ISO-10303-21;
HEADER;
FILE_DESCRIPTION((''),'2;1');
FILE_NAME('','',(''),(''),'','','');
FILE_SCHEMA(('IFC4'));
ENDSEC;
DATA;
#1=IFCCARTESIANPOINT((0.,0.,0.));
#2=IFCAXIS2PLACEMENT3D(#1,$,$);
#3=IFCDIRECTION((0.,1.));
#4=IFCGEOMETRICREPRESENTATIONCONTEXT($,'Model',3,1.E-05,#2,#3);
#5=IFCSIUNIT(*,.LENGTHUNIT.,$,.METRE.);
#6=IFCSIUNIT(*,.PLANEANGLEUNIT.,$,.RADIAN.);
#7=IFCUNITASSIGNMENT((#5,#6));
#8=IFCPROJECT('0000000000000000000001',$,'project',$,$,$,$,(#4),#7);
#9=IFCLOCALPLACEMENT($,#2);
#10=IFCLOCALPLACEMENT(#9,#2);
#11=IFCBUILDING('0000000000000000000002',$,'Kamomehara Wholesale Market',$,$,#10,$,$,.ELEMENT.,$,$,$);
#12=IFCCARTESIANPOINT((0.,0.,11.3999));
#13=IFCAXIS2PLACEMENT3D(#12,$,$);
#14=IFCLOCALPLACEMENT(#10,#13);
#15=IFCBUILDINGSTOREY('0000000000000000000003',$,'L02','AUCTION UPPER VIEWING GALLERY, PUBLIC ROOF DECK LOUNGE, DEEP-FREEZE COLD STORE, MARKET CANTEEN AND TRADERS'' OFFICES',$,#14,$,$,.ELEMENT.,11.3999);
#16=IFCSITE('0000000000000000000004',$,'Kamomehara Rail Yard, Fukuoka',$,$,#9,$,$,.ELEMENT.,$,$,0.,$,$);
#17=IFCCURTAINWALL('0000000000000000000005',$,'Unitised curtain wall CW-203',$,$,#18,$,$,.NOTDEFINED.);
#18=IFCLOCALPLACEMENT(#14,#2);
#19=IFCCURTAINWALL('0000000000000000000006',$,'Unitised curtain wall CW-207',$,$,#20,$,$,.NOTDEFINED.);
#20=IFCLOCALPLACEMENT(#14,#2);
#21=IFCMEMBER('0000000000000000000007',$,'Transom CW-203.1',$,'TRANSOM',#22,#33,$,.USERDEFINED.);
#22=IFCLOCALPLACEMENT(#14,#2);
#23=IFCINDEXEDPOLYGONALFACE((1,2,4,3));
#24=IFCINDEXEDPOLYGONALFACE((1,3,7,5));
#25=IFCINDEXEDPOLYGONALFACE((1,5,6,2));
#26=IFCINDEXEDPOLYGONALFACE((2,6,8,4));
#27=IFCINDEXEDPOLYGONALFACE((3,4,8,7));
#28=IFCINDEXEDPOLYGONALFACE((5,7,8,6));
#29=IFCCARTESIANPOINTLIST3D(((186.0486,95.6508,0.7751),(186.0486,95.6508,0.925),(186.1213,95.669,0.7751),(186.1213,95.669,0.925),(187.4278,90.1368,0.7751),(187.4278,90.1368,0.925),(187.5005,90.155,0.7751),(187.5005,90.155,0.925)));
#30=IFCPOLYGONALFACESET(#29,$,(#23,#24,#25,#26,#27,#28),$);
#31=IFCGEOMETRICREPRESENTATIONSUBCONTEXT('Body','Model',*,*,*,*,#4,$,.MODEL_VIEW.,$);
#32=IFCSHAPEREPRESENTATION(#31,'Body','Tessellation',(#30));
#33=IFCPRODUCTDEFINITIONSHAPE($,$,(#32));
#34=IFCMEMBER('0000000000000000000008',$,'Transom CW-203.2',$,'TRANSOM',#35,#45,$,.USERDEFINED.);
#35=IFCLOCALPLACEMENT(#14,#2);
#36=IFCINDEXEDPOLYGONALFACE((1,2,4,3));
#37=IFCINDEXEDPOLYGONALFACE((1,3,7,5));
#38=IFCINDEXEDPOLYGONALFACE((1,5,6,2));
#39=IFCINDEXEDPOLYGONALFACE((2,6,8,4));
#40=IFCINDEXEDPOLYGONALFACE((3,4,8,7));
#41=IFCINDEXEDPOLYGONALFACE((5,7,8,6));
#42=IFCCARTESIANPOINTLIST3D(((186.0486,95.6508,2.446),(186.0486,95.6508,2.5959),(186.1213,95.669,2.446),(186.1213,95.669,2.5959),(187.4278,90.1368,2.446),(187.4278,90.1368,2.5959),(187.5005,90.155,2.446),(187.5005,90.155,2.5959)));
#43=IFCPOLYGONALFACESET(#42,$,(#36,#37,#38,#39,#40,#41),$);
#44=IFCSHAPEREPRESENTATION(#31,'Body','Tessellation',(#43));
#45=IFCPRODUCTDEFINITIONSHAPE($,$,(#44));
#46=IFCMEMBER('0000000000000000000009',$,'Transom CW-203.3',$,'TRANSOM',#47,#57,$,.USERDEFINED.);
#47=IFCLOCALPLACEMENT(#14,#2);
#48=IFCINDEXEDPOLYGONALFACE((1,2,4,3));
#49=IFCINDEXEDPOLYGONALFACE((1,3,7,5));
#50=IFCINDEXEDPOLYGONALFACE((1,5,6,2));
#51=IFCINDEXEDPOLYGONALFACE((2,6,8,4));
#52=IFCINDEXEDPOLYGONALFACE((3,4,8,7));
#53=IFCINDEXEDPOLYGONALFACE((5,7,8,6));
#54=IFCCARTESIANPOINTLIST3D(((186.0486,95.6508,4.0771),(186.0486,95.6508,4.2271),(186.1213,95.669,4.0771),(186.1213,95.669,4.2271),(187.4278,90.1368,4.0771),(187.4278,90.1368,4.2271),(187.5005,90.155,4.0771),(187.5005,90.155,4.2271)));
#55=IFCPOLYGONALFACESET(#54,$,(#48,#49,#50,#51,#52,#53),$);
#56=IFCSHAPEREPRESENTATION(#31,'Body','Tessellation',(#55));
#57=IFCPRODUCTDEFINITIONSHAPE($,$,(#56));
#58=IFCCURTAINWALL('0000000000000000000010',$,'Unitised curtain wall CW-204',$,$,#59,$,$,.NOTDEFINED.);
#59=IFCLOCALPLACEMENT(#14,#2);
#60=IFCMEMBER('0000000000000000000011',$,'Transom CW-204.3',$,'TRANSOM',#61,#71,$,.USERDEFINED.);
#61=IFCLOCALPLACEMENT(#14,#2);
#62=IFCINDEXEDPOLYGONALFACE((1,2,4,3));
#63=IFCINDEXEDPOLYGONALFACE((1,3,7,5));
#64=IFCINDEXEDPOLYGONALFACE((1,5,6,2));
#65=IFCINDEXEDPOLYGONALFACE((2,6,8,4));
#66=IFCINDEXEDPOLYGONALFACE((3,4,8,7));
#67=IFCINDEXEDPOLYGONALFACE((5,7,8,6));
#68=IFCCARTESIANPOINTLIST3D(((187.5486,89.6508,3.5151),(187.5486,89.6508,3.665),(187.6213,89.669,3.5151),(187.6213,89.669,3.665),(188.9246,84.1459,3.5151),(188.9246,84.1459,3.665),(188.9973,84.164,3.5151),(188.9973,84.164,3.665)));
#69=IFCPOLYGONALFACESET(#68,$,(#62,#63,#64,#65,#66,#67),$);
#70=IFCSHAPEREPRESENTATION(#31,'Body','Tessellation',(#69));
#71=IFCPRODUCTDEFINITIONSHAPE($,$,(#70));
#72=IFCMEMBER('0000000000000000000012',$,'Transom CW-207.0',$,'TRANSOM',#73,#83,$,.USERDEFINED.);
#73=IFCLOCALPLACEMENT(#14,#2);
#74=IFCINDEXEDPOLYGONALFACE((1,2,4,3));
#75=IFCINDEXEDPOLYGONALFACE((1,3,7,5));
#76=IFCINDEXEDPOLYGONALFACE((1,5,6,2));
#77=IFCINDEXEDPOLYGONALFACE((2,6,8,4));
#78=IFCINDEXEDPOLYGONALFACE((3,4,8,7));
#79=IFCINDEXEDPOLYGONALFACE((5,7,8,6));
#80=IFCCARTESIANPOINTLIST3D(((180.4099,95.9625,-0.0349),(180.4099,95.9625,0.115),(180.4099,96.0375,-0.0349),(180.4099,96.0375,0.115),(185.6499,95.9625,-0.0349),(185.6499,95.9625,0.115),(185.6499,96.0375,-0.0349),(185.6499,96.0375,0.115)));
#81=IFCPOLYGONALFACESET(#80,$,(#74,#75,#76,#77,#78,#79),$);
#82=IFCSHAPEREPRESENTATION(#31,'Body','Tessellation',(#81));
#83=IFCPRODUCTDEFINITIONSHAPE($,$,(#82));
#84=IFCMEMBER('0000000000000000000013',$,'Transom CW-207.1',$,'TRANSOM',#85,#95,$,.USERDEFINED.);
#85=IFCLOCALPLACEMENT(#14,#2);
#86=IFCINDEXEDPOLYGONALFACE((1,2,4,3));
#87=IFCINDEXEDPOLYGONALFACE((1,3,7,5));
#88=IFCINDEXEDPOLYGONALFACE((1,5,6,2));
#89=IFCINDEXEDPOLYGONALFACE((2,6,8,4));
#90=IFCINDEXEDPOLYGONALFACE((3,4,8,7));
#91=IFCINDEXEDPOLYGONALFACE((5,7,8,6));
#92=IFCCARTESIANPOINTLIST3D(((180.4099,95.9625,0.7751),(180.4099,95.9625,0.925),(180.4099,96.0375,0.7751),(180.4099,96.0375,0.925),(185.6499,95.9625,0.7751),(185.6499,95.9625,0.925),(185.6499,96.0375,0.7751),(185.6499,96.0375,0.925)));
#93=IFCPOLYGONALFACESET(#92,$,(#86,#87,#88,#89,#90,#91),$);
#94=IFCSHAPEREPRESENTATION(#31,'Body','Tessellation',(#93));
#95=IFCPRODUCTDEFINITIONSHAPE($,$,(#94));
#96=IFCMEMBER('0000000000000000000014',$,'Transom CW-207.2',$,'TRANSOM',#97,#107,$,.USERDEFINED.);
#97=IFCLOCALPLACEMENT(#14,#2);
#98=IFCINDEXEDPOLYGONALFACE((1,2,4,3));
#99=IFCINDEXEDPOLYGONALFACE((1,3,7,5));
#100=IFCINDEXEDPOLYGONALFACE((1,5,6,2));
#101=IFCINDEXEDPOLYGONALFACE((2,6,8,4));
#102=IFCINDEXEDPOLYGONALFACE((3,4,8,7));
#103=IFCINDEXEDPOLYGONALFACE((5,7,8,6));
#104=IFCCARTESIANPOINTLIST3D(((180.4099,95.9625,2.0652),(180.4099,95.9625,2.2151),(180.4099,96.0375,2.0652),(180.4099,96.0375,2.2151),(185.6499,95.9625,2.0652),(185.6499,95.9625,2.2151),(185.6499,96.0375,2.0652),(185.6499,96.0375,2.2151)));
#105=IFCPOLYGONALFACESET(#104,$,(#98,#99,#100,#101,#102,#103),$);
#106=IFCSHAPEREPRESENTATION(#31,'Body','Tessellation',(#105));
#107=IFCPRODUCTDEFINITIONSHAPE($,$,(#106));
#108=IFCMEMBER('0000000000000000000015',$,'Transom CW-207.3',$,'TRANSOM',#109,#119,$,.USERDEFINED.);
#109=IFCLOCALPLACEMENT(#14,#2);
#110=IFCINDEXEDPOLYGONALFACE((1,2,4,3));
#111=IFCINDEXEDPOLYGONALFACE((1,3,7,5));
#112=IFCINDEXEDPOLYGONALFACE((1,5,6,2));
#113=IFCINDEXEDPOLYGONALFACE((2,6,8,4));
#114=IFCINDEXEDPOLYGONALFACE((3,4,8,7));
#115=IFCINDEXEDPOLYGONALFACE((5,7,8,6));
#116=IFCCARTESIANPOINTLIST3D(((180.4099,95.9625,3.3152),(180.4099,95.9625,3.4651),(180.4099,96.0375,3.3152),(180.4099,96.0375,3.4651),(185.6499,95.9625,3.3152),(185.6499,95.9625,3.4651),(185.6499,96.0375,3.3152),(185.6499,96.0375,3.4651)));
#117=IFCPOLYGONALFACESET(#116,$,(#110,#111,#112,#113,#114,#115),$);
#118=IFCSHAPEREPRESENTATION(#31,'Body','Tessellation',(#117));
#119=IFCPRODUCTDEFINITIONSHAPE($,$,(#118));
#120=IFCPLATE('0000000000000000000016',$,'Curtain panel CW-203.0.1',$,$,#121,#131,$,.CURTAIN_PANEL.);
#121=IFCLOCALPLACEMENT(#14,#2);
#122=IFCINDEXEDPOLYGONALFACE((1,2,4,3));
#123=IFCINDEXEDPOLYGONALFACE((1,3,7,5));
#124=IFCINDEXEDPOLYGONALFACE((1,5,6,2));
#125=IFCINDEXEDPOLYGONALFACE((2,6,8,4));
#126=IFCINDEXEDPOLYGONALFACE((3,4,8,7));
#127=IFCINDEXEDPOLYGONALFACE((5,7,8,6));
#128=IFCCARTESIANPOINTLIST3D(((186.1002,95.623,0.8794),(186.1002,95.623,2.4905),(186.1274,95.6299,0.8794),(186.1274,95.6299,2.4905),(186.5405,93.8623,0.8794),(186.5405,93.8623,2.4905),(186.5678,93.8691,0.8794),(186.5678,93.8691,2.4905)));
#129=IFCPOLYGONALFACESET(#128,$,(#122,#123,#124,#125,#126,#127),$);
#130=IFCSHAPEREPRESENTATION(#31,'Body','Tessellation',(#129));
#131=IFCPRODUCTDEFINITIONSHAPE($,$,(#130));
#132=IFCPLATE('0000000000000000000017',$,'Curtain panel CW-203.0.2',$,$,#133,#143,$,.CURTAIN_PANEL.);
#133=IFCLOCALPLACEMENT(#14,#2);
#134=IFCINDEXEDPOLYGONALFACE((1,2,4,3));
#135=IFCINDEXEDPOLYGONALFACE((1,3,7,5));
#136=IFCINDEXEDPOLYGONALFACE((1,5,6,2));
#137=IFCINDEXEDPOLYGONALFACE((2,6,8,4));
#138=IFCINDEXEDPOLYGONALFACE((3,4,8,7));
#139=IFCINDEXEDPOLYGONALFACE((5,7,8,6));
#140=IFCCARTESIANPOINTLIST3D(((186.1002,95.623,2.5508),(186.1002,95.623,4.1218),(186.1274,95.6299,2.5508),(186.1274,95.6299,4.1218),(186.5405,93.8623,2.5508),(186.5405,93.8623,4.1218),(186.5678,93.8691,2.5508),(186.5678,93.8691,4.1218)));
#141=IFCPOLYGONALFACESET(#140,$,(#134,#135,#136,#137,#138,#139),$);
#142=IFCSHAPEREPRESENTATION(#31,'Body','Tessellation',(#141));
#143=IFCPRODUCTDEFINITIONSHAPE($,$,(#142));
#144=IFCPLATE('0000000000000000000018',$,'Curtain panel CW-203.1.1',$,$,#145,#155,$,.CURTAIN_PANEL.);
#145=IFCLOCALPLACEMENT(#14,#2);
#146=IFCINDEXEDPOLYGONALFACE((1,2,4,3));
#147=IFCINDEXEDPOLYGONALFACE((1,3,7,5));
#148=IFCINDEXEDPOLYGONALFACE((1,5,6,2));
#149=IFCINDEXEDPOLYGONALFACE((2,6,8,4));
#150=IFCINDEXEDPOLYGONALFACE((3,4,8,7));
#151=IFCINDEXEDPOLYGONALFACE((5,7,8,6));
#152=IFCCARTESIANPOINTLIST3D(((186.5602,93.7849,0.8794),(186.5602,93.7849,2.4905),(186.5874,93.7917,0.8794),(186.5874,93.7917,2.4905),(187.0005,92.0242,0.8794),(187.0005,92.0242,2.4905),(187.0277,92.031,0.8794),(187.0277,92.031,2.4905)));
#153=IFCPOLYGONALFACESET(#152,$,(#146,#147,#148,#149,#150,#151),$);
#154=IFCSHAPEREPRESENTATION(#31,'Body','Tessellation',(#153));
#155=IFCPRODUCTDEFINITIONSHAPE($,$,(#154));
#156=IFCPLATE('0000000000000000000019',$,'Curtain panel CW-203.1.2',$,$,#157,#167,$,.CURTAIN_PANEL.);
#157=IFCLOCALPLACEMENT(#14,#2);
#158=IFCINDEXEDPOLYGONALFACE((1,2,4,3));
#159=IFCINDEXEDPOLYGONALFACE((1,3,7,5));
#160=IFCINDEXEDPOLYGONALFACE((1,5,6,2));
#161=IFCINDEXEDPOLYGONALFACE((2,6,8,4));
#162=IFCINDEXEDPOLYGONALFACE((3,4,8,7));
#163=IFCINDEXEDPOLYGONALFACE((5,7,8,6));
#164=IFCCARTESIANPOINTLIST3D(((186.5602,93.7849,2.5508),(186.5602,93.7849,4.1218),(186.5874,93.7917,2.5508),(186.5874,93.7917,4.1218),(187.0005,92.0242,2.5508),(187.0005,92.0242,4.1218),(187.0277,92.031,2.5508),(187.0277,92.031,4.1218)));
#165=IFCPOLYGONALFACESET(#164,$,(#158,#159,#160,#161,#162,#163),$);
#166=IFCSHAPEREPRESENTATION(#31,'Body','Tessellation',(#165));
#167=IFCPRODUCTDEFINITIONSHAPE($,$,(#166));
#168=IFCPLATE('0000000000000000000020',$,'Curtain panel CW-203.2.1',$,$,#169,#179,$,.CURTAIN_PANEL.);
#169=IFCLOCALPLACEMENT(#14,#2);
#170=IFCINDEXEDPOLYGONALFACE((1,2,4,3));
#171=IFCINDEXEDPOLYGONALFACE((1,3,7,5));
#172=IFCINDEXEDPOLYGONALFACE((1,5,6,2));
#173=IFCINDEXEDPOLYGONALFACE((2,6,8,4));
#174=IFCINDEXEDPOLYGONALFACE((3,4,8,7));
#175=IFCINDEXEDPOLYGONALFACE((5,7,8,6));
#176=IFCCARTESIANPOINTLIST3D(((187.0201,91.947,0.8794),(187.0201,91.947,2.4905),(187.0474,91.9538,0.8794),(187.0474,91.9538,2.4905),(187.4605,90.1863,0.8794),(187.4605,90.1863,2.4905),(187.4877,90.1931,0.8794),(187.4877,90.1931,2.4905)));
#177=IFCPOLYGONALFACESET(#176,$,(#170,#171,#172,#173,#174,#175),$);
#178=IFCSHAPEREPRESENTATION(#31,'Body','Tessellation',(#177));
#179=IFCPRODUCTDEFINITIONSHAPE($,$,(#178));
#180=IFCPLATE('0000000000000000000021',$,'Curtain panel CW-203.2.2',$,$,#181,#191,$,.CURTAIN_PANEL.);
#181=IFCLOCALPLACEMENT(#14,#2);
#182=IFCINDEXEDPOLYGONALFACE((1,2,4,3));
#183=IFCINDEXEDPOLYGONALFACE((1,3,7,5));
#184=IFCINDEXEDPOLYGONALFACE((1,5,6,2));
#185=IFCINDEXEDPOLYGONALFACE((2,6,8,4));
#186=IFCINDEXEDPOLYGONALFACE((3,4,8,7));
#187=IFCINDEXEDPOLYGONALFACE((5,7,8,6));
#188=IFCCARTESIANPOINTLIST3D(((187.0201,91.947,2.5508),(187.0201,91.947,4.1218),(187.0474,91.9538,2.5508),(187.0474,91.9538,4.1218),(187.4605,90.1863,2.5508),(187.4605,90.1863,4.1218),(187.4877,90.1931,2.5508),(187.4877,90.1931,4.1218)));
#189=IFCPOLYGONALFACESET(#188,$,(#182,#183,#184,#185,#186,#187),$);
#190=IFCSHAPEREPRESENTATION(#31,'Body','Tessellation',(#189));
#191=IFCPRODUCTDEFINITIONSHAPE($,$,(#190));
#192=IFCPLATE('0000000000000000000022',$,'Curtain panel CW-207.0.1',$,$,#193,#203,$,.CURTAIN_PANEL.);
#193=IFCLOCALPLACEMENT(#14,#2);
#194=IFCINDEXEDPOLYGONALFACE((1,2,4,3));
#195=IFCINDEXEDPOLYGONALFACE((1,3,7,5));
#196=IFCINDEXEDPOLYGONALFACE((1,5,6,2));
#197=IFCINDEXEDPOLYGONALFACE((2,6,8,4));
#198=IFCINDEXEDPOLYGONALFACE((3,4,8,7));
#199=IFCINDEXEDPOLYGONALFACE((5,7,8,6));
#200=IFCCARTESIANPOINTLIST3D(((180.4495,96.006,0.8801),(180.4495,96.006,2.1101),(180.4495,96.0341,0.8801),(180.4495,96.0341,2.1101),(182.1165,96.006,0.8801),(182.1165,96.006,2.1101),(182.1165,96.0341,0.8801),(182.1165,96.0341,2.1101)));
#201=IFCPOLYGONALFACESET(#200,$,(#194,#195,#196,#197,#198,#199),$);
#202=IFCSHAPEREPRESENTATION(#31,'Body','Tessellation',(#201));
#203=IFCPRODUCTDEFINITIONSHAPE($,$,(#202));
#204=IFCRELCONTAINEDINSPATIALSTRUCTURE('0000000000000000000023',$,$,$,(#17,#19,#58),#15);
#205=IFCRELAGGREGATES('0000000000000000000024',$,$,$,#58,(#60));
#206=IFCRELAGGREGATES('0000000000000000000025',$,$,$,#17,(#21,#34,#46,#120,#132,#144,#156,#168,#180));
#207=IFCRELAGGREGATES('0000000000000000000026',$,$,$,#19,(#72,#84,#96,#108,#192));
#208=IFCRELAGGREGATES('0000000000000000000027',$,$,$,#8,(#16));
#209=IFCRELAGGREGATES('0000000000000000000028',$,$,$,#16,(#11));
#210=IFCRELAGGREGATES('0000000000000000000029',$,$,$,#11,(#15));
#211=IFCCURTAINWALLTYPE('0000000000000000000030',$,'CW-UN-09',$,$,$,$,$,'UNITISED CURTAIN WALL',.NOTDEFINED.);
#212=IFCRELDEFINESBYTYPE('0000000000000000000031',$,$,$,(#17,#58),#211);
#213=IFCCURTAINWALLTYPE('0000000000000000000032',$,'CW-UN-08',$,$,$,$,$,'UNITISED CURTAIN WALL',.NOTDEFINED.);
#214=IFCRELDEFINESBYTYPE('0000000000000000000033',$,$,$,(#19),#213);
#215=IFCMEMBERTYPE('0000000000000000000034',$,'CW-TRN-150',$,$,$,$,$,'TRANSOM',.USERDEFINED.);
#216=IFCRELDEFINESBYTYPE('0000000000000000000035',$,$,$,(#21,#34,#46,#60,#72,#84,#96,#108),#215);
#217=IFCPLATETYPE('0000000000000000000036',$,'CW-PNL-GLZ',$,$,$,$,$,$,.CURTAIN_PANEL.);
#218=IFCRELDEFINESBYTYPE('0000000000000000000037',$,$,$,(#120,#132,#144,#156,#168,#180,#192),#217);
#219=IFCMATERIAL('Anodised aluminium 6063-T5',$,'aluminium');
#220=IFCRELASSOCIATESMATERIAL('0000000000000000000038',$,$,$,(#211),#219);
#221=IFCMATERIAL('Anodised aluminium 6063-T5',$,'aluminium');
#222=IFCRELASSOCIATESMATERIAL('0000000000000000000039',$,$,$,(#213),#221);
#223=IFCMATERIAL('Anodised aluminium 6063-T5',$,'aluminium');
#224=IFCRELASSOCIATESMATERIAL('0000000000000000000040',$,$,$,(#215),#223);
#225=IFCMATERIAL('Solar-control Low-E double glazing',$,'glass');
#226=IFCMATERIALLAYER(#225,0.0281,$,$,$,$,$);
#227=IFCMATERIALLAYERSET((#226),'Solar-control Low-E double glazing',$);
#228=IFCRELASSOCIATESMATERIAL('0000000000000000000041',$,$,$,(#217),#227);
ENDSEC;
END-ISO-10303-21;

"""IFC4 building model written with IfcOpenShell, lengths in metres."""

from ifc_helpers import new_model, si_unit, direction, frame, origin, origin_2d, place, context, subcontext, project, spatial, rectangle, extrude, material, layer, layer_set, material_profile, profile_set, type_object, element, aggregate, save


model = new_model("IFC4")

# Units and contexts
model_context = context("Model", 3, precision=1e-05, world=origin(), true_north=direction((0.0, 1.0)))
body_context = subcontext(model_context, "Body", "Model", "MODEL_VIEW")
ifc_project = project(units=[si_unit("LENGTHUNIT", "METRE"), si_unit("PLANEANGLEUNIT", "RADIAN")], contexts=[model_context])

# Site, building, storey
site_placement = place(None, origin())
site = spatial("IfcSite", under=ifc_project, at=site_placement, Name="Kamomehara Rail Yard, Fukuoka", CompositionType="ELEMENT", RefElevation=0.0)
building_placement = place(site_placement, origin())
building = spatial("IfcBuilding", under=site, at=building_placement, Name="Kamomehara Wholesale Market", CompositionType="ELEMENT")
storey_placement = place(building_placement, frame((0.0, 0.0, 11.3999)))
storey = spatial("IfcBuildingStorey", under=building, at=storey_placement, Name="L02", Description="AUCTION UPPER VIEWING GALLERY, PUBLIC ROOF DECK LOUNGE, DEEP-FREEZE COLD STORE, MARKET CANTEEN AND TRADERS' OFFICES", CompositionType="ELEMENT", Elevation=11.3999)

# Curtain walls
ifc_material_1 = material(Name="Anodised aluminium 6063-T5", Category="aluminium")
curtain_wall_type_1 = type_object("IfcCurtainWallType", Name="CW-UN-09", ElementType="UNITISED CURTAIN WALL", PredefinedType="NOTDEFINED", material=ifc_material_1)
curtain_wall_1_placement = place(storey_placement, origin())
curtain_wall_1 = element("IfcCurtainWall", 1, at=curtain_wall_1_placement, inside=storey, type_object=curtain_wall_type_1, Name="Unitised curtain wall CW-203", PredefinedType="NOTDEFINED")
ifc_material_2 = material(Name="Anodised aluminium 6063-T5", Category="aluminium")
curtain_wall_type_2 = type_object("IfcCurtainWallType", Name="CW-UN-08", ElementType="UNITISED CURTAIN WALL", PredefinedType="NOTDEFINED", material=ifc_material_2)
curtain_wall_2_placement = place(storey_placement, origin())
curtain_wall_2 = element("IfcCurtainWall", 2, at=curtain_wall_2_placement, inside=storey, type_object=curtain_wall_type_2, Name="Unitised curtain wall CW-207", PredefinedType="NOTDEFINED")

# Members
ifc_material_3 = material(Name="Anodised aluminium 6063-T5", Category="aluminium")
ifc_material_profile_1 = material_profile(ifc_material_3, rectangle(XDim=0.075, YDim=0.1499, at=origin_2d()), Name="ALU-TRN-75x150")
ifc_profile_set_1 = profile_set([ifc_material_profile_1], Name="Anodised aluminium 6063-T5")
member_type_1 = type_object("IfcMemberType", Name="CW-TRN-150", ElementType="TRANSOM", PredefinedType="USERDEFINED", material=ifc_profile_set_1)
member_1_placement = place(storey_placement, frame((186.085, 95.6599, 0.8501), z_axis=(0.242647, -0.970115, 0.0), x_axis=(0.970115, 0.242647, 0.0)))
member_1 = element("IfcMember", 3, at=member_1_placement, type_object=member_type_1, Name="Transom CW-203.1", ObjectType="TRANSOM", PredefinedType="USERDEFINED", context=body_context, shape_type="SweptSolid", body=[
    extrude(rectangle(XDim=0.075, YDim=0.1499, at=origin_2d()), origin(), (0.0, 0.0, 1.0), 5.6838),
])
member_2_placement = place(storey_placement, frame((186.085, 95.6599, 2.521), z_axis=(0.242647, -0.970115, 0.0), x_axis=(0.970115, 0.242647, 0.0)))
member_2 = element("IfcMember", 4, at=member_2_placement, type_object=member_type_1, Name="Transom CW-203.2", ObjectType="TRANSOM", PredefinedType="USERDEFINED", context=body_context, shape_type="SweptSolid", body=[
    extrude(rectangle(XDim=0.075, YDim=0.1499, at=origin_2d()), origin(), (0.0, 0.0, 1.0), 5.6838),
])
member_3_placement = place(storey_placement, frame((186.085, 95.6599, 4.1521), z_axis=(0.242647, -0.970115, 0.0), x_axis=(0.970115, 0.242647, 0.0)))
member_3 = element("IfcMember", 5, at=member_3_placement, type_object=member_type_1, Name="Transom CW-203.3", ObjectType="TRANSOM", PredefinedType="USERDEFINED", context=body_context, shape_type="SweptSolid", body=[
    extrude(rectangle(XDim=0.075, YDim=0.1499, at=origin_2d()), origin(), (0.0, 0.0, 1.0), 5.6838),
])

# Curtain wall, member
curtain_wall_3_placement = place(storey_placement, origin())
curtain_wall_3 = element("IfcCurtainWall", 6, at=curtain_wall_3_placement, inside=storey, type_object=curtain_wall_type_1, Name="Unitised curtain wall CW-204", PredefinedType="NOTDEFINED")
member_4_placement = place(storey_placement, frame((187.585, 89.6599, 3.5901), z_axis=(0.242495, -0.970153, 0.0), x_axis=(0.970153, 0.242495, 0.0)))
member_4 = element("IfcMember", 7, at=member_4_placement, type_object=member_type_1, Name="Transom CW-204.3", ObjectType="TRANSOM", PredefinedType="USERDEFINED", context=body_context, shape_type="SweptSolid", body=[
    extrude(rectangle(XDim=0.075, YDim=0.1499, at=origin_2d()), origin(), (0.0, 0.0, 1.0), 5.6743),
])
aggregate(curtain_wall_3, [member_4])

# Members
member_5_placement = place(storey_placement, frame((180.4099, 96.0, 0.04), z_axis=(1.0, 0.0, 0.0), x_axis=(0.0, 1.0, 0.0)))
member_5 = element("IfcMember", 8, at=member_5_placement, type_object=member_type_1, Name="Transom CW-207.0", ObjectType="TRANSOM", PredefinedType="USERDEFINED", context=body_context, shape_type="SweptSolid", body=[
    extrude(rectangle(XDim=0.075, YDim=0.1499, at=origin_2d()), origin(), (0.0, 0.0, 1.0), 5.24),
])
member_6_placement = place(storey_placement, frame((180.4099, 96.0, 0.8501), z_axis=(1.0, 0.0, 0.0), x_axis=(0.0, 1.0, 0.0)))
member_6 = element("IfcMember", 9, at=member_6_placement, type_object=member_type_1, Name="Transom CW-207.1", ObjectType="TRANSOM", PredefinedType="USERDEFINED", context=body_context, shape_type="SweptSolid", body=[
    extrude(rectangle(XDim=0.075, YDim=0.1499, at=origin_2d()), origin(), (0.0, 0.0, 1.0), 5.24),
])
member_7_placement = place(storey_placement, frame((180.4099, 96.0, 2.1401), z_axis=(1.0, 0.0, 0.0), x_axis=(0.0, 1.0, 0.0)))
member_7 = element("IfcMember", 10, at=member_7_placement, type_object=member_type_1, Name="Transom CW-207.2", ObjectType="TRANSOM", PredefinedType="USERDEFINED", context=body_context, shape_type="SweptSolid", body=[
    extrude(rectangle(XDim=0.075, YDim=0.1499, at=origin_2d()), origin(), (0.0, 0.0, 1.0), 5.24),
])
member_8_placement = place(storey_placement, frame((180.4099, 96.0, 3.3901), z_axis=(1.0, 0.0, 0.0), x_axis=(0.0, 1.0, 0.0)))
member_8 = element("IfcMember", 11, at=member_8_placement, type_object=member_type_1, Name="Transom CW-207.3", ObjectType="TRANSOM", PredefinedType="USERDEFINED", context=body_context, shape_type="SweptSolid", body=[
    extrude(rectangle(XDim=0.075, YDim=0.1499, at=origin_2d()), origin(), (0.0, 0.0, 1.0), 5.24),
])

# Plates
ifc_material_4 = material(Name="Solar-control Low-E double glazing", Category="glass")
ifc_layer_1 = layer(ifc_material_4, 0.0281)
ifc_layer_set_1 = layer_set([ifc_layer_1], Name="Solar-control Low-E double glazing")
plate_type_1 = type_object("IfcPlateType", Name="CW-PNL-GLZ", PredefinedType="CURTAIN_PANEL", material=ifc_layer_set_1)
plate_1_placement = place(storey_placement, frame((186.334, 94.7461, 0.8794), z_axis=(0.0, 0.0, 1.0), x_axis=(0.242616, -0.970122, 0.0)))
plate_1 = element("IfcPlate", 12, at=plate_1_placement, type_object=plate_type_1, Name="Curtain panel CW-203.0.1", PredefinedType="CURTAIN_PANEL", context=body_context, shape_type="SweptSolid", body=[
    extrude(rectangle(XDim=1.8149, YDim=0.0281, at=origin_2d()), origin(), (0.0, 0.0, 1.0), 1.6111),
])
plate_2_placement = place(storey_placement, frame((186.334, 94.7461, 2.5508), z_axis=(0.0, 0.0, 1.0), x_axis=(0.242616, -0.970122, 0.0)))
plate_2 = element("IfcPlate", 13, at=plate_2_placement, type_object=plate_type_1, Name="Curtain panel CW-203.0.2", PredefinedType="CURTAIN_PANEL", context=body_context, shape_type="SweptSolid", body=[
    extrude(rectangle(XDim=1.8149, YDim=0.0281, at=origin_2d()), origin(), (0.0, 0.0, 1.0), 1.571),
])
plate_3_placement = place(storey_placement, frame((186.7939, 92.908, 0.8794), z_axis=(0.0, 0.0, 1.0), x_axis=(0.242616, -0.970122, 0.0)))
plate_3 = element("IfcPlate", 14, at=plate_3_placement, type_object=plate_type_1, Name="Curtain panel CW-203.1.1", PredefinedType="CURTAIN_PANEL", context=body_context, shape_type="SweptSolid", body=[
    extrude(rectangle(XDim=1.8149, YDim=0.0281, at=origin_2d()), origin(), (0.0, 0.0, 1.0), 1.6111),
])
plate_4_placement = place(storey_placement, frame((186.7939, 92.908, 2.5508), z_axis=(0.0, 0.0, 1.0), x_axis=(0.242616, -0.970122, 0.0)))
plate_4 = element("IfcPlate", 15, at=plate_4_placement, type_object=plate_type_1, Name="Curtain panel CW-203.1.2", PredefinedType="CURTAIN_PANEL", context=body_context, shape_type="SweptSolid", body=[
    extrude(rectangle(XDim=1.8149, YDim=0.0281, at=origin_2d()), origin(), (0.0, 0.0, 1.0), 1.571),
])
plate_5_placement = place(storey_placement, frame((187.2539, 91.0701, 0.8794), z_axis=(0.0, 0.0, 1.0), x_axis=(0.242616, -0.970122, 0.0)))
plate_5 = element("IfcPlate", 16, at=plate_5_placement, type_object=plate_type_1, Name="Curtain panel CW-203.2.1", PredefinedType="CURTAIN_PANEL", context=body_context, shape_type="SweptSolid", body=[
    extrude(rectangle(XDim=1.8149, YDim=0.0281, at=origin_2d()), origin(), (0.0, 0.0, 1.0), 1.6111),
])
plate_6_placement = place(storey_placement, frame((187.2539, 91.0701, 2.5508), z_axis=(0.0, 0.0, 1.0), x_axis=(0.242616, -0.970122, 0.0)))
plate_6 = element("IfcPlate", 17, at=plate_6_placement, type_object=plate_type_1, Name="Curtain panel CW-203.2.2", PredefinedType="CURTAIN_PANEL", context=body_context, shape_type="SweptSolid", body=[
    extrude(rectangle(XDim=1.8149, YDim=0.0281, at=origin_2d()), origin(), (0.0, 0.0, 1.0), 1.571),
])
plate_7_placement = place(storey_placement, frame((181.283, 96.02, 0.8801), z_axis=(0.0, 0.0, 1.0), x_axis=(1.0, 0.0, 0.0)))
plate_7 = element("IfcPlate", 18, at=plate_7_placement, type_object=plate_type_1, Name="Curtain panel CW-207.0.1", PredefinedType="CURTAIN_PANEL", context=body_context, shape_type="SweptSolid", body=[
    extrude(rectangle(XDim=1.667, YDim=0.0281, at=origin_2d()), origin(), (0.0, 0.0, 1.0), 1.23),
])
aggregate(curtain_wall_1, [member_1, member_2, member_3, plate_1, plate_2, plate_3, plate_4, plate_5, plate_6])
aggregate(curtain_wall_2, [member_5, member_6, member_7, member_8, plate_7])

save(model, "model.ifc")
